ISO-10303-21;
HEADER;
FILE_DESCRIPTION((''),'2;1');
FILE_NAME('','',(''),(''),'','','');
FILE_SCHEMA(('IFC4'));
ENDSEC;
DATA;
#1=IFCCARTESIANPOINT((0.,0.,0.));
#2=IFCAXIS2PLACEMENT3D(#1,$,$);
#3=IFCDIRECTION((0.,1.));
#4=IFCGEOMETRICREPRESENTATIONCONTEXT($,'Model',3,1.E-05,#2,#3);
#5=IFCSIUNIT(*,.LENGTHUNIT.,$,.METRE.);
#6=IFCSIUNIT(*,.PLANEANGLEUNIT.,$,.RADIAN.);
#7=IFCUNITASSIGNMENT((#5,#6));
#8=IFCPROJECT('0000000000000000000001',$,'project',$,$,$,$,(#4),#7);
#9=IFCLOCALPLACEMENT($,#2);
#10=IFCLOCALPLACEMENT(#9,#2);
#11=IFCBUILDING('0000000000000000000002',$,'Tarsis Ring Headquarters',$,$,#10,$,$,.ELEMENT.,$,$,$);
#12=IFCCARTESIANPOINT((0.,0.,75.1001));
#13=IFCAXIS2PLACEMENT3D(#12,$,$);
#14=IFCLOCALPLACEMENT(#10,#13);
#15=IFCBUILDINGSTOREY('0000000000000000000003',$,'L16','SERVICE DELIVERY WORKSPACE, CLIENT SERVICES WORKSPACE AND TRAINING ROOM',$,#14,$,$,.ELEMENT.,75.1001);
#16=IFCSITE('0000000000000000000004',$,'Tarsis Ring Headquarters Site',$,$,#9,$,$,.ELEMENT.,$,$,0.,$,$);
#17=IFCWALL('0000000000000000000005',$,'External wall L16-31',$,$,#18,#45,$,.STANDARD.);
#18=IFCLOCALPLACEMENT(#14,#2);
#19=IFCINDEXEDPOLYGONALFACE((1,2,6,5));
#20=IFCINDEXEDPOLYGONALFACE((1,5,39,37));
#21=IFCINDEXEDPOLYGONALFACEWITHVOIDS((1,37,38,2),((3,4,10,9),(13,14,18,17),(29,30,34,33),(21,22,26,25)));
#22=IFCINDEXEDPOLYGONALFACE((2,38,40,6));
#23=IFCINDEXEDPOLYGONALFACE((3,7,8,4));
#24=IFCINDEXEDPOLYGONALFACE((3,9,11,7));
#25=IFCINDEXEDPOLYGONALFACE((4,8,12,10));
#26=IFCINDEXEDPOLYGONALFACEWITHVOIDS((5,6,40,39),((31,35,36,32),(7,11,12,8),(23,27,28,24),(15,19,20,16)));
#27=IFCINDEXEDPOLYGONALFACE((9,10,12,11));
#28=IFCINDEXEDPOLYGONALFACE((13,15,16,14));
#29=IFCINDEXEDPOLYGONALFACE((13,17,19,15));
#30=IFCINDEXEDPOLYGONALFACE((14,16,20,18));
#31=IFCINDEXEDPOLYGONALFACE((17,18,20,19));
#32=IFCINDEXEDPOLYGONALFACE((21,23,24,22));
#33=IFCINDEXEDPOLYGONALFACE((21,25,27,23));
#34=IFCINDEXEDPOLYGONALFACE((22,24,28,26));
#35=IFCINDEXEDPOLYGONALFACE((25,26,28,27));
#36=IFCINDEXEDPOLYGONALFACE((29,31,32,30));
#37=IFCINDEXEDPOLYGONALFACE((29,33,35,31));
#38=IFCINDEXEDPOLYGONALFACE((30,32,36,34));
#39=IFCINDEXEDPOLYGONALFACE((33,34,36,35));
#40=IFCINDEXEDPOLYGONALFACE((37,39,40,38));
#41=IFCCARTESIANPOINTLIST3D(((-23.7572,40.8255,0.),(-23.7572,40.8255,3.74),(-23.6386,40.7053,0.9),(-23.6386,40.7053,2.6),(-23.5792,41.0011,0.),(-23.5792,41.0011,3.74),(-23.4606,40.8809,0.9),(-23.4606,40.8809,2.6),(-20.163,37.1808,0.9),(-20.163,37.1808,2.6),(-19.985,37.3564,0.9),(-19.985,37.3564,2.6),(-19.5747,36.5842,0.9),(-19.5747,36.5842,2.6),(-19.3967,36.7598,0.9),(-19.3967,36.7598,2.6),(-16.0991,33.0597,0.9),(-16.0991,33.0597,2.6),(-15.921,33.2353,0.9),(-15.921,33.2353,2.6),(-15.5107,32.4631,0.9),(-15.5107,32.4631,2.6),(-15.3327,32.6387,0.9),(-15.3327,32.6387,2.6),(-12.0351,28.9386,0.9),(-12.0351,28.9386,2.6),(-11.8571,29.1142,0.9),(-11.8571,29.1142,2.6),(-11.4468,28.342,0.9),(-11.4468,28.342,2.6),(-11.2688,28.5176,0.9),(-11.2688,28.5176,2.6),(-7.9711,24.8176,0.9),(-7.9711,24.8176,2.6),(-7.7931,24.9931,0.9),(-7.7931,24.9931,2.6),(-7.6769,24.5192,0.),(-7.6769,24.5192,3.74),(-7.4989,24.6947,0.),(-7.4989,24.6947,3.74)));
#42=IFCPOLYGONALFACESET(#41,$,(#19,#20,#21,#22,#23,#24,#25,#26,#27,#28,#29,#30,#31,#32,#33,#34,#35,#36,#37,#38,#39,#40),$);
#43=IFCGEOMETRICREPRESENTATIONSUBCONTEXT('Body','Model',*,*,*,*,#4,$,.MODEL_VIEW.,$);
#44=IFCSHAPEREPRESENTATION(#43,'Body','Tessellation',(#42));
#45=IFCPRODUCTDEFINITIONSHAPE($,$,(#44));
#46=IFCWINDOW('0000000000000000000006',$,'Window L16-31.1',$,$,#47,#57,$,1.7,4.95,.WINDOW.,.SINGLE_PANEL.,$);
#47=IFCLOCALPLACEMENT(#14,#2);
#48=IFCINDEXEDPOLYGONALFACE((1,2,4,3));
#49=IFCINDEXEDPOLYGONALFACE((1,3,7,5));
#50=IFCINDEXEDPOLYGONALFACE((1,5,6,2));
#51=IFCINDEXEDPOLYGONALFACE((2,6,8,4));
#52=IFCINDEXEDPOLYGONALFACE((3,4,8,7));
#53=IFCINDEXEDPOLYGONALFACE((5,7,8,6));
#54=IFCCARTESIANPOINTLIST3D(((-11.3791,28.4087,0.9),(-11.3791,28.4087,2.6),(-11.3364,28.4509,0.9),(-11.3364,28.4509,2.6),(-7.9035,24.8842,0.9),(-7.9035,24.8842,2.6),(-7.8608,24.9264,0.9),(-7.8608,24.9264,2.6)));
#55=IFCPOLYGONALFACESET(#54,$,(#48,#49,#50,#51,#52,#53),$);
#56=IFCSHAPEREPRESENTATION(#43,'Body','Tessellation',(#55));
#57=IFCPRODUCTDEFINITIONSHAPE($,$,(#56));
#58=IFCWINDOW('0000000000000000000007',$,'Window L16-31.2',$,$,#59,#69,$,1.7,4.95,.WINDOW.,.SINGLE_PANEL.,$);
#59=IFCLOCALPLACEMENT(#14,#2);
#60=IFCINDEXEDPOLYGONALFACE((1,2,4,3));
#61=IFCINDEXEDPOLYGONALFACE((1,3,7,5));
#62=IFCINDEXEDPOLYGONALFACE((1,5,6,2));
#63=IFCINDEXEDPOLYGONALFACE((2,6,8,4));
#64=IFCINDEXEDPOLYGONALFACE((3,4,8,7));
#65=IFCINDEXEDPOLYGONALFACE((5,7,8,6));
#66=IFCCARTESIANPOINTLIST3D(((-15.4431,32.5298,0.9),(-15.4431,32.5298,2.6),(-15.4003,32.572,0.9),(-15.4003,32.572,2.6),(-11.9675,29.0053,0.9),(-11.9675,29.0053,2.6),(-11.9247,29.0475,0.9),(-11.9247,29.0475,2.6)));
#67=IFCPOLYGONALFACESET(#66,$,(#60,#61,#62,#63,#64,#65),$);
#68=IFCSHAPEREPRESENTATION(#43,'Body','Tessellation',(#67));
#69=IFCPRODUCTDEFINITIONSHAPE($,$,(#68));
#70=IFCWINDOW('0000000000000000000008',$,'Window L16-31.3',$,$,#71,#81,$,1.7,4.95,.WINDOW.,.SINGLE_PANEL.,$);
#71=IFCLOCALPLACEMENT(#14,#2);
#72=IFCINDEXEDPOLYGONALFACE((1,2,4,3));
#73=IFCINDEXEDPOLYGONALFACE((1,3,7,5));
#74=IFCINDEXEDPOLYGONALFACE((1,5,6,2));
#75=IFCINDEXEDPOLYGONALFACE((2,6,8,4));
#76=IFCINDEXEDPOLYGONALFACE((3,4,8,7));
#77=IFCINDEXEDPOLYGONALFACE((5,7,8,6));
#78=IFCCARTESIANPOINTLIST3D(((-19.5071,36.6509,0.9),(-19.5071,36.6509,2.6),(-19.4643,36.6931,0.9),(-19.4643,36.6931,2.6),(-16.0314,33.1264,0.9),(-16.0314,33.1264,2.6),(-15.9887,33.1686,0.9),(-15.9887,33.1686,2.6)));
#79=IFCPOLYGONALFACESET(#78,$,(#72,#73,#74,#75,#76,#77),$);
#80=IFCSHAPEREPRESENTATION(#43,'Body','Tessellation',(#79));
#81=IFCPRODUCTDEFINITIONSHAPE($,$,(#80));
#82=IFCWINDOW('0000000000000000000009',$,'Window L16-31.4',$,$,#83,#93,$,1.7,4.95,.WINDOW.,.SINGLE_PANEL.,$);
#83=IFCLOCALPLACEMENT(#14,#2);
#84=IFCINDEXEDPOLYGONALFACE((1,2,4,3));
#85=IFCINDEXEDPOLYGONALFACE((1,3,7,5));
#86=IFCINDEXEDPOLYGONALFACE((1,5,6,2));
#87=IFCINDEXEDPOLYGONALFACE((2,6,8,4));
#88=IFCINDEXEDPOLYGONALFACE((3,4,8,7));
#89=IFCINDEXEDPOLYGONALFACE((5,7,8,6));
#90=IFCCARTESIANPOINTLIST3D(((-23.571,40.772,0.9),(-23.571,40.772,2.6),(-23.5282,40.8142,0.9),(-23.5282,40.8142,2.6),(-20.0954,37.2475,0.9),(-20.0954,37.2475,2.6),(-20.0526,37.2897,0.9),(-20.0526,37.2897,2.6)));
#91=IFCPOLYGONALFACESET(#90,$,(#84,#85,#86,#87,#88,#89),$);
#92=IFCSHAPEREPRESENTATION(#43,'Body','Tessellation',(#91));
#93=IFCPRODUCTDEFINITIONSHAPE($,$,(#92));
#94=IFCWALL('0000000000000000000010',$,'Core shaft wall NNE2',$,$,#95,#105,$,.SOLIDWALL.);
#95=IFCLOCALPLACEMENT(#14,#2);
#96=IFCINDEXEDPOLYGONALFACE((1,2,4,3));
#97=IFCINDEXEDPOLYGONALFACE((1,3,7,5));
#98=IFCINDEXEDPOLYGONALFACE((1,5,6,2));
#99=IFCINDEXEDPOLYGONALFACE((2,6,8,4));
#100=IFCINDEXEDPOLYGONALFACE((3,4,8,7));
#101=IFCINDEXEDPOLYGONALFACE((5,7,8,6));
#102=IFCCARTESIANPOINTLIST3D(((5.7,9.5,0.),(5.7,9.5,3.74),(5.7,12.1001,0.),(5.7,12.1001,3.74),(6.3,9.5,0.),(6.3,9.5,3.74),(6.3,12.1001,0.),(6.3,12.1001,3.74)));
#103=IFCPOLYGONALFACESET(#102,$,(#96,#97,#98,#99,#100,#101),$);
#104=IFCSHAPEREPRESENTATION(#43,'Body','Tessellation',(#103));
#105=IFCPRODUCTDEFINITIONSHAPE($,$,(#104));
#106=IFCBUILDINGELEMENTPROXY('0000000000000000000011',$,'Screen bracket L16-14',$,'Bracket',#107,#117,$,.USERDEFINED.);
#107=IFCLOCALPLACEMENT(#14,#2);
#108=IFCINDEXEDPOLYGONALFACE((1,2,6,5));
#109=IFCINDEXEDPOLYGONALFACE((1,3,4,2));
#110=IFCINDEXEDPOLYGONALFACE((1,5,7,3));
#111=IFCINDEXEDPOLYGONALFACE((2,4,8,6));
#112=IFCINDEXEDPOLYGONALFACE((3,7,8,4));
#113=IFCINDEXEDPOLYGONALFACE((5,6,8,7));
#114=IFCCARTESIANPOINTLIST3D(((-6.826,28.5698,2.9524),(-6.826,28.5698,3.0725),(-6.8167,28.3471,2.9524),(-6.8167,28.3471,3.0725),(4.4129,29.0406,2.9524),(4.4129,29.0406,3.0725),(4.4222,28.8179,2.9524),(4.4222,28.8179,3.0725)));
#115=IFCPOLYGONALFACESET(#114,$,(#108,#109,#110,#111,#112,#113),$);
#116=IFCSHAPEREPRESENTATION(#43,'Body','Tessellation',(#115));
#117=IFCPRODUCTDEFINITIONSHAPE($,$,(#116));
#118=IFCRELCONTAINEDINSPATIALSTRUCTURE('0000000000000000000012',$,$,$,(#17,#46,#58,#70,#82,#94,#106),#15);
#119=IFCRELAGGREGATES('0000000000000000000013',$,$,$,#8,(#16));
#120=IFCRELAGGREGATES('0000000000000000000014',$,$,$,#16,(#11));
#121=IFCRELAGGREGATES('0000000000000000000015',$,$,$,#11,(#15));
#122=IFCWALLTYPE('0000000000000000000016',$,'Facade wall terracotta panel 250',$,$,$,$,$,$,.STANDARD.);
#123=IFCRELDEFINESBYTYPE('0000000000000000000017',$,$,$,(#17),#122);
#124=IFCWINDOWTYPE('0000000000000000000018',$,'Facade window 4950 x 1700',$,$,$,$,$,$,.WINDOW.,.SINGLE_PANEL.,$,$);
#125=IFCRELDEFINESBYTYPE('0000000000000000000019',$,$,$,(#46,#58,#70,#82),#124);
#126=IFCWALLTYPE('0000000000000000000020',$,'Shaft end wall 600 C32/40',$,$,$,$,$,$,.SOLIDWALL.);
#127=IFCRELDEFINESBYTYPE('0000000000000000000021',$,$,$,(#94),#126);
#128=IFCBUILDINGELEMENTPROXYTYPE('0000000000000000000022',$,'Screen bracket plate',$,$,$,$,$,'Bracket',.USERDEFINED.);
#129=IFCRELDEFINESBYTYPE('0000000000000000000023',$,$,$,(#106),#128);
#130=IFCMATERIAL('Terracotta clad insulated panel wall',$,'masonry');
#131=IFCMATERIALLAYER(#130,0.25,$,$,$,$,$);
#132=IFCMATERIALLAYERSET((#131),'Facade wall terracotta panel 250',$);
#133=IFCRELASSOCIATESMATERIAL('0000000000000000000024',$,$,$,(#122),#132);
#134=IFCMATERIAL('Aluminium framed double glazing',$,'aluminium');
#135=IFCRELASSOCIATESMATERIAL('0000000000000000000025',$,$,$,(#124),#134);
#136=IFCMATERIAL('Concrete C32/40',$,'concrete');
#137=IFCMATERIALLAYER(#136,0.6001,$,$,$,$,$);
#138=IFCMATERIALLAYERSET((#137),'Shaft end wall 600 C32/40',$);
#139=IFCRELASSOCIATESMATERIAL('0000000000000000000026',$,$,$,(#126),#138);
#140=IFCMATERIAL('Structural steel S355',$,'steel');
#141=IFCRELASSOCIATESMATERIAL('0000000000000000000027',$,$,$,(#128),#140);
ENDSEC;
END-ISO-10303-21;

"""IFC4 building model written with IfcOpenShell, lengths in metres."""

from ifc_helpers import new_model, si_unit, direction, frame, frame_2d, origin, origin_2d, place, context, subcontext, project, spatial, rectangle, extrude, material, layer, layer_set, type_object, element, fill, save


model = new_model("IFC4")

# Units and contexts
model_context = context("Model", 3, precision=1e-05, world=origin(), true_north=direction((0.0, 1.0)))
body_context = subcontext(model_context, "Body", "Model", "MODEL_VIEW")
ifc_project = project(units=[si_unit("LENGTHUNIT", "METRE"), si_unit("PLANEANGLEUNIT", "RADIAN")], contexts=[model_context])

# Site, building, storey
site_placement = place(None, origin())
site = spatial("IfcSite", under=ifc_project, at=site_placement, Name="Tarsis Ring Headquarters Site", CompositionType="ELEMENT", RefElevation=0.0)
building_placement = place(site_placement, origin())
building = spatial("IfcBuilding", under=site, at=building_placement, Name="Tarsis Ring Headquarters", CompositionType="ELEMENT")
storey_placement = place(building_placement, frame((0.0, 0.0, 75.1001)))
storey = spatial("IfcBuildingStorey", under=building, at=storey_placement, Name="L16", Description="SERVICE DELIVERY WORKSPACE, CLIENT SERVICES WORKSPACE AND TRAINING ROOM", CompositionType="ELEMENT", Elevation=75.1001)

# Shared definitions
ifc_material_1 = material(Name="Structural steel S355", Category="steel")

# Shared definitions
ifc_material_2 = material(Name="Terracotta clad insulated panel wall", Category="masonry")
ifc_layer_1 = layer(ifc_material_2, 0.25)
ifc_layer_set_1 = layer_set([ifc_layer_1], Name="Facade wall terracotta panel 250")
wall_type_1 = type_object("IfcWallType", Name="Facade wall terracotta panel 250", PredefinedType="STANDARD", material=ifc_layer_set_1)
ifc_material_3 = material(Name="Aluminium framed double glazing", Category="aluminium")

# Wall, openings, windows
wall_1_placement = place(storey_placement, frame((-7.5879, 24.6069, 0.0), z_axis=(0.0, 0.0, 1.0), x_axis=(-0.702154, 0.712025, 0.0)))
wall_1 = element("IfcWall", 1, at=wall_1_placement, inside=storey, type_object=wall_type_1, Name="External wall L16-31", PredefinedType="STANDARD", context=body_context, shape_type="SweptSolid", body=[
    extrude(rectangle(XDim=22.9014, YDim=0.25, at=frame_2d((11.4507, 0.0))), origin(), (0.0, 0.0, 1.0), 3.74),
])
opening_1_placement = place(wall_1_placement, frame((0.4189, 0.0, 0.8999)))
opening_1 = element("IfcOpeningElement", 2, at=opening_1_placement, cuts=wall_1, PredefinedType="OPENING", context=body_context, shape_type="SweptSolid", body=[
    extrude(rectangle(XDim=4.95, YDim=1.7, at=frame_2d((2.4751, 0.8501))), frame((0.0, 0.135, 0.0), z_axis=(0.0, -1.0, 0.0), x_axis=(1.0, 0.0, 0.0)), (0.0, 0.0, 1.0), 0.27),
])
opening_2_placement = place(wall_1_placement, frame((6.2068, 0.0, 0.8999)))
opening_2 = element("IfcOpeningElement", 3, at=opening_2_placement, cuts=wall_1, PredefinedType="OPENING", context=body_context, shape_type="SweptSolid", body=[
    extrude(rectangle(XDim=4.95, YDim=1.7, at=frame_2d((2.4751, 0.8501))), frame((0.0, 0.135, 0.0), z_axis=(0.0, -1.0, 0.0), x_axis=(1.0, 0.0, 0.0)), (0.0, 0.0, 1.0), 0.27),
])
opening_3_placement = place(wall_1_placement, frame((11.9946, 0.0, 0.8999)))
opening_3 = element("IfcOpeningElement", 4, at=opening_3_placement, cuts=wall_1, PredefinedType="OPENING", context=body_context, shape_type="SweptSolid", body=[
    extrude(rectangle(XDim=4.95, YDim=1.7, at=frame_2d((2.4751, 0.8501))), frame((0.0, 0.135, 0.0), z_axis=(0.0, -1.0, 0.0), x_axis=(1.0, 0.0, 0.0)), (0.0, 0.0, 1.0), 0.27),
])
opening_4_placement = place(wall_1_placement, frame((17.7825, 0.0, 0.8999)))
opening_4 = element("IfcOpeningElement", 5, at=opening_4_placement, cuts=wall_1, PredefinedType="OPENING", context=body_context, shape_type="SweptSolid", body=[
    extrude(rectangle(XDim=4.95, YDim=1.7, at=frame_2d((2.4751, 0.8501))), frame((0.0, 0.135, 0.0), z_axis=(0.0, -1.0, 0.0), x_axis=(1.0, 0.0, 0.0)), (0.0, 0.0, 1.0), 0.27),
])
window_type_1 = type_object("IfcWindowType", Name="Facade window 4950 x 1700", PartitioningType="SINGLE_PANEL", PredefinedType="WINDOW", material=ifc_material_3)
window_1_placement = place(opening_1_placement, origin())
window_1 = element("IfcWindow", 6, at=window_1_placement, inside=storey, type_object=window_type_1, Name="Window L16-31.1", OverallHeight=1.7, OverallWidth=4.95, PartitioningType="SINGLE_PANEL", PredefinedType="WINDOW", context=body_context, shape_type="SweptSolid", body=[
    extrude(rectangle(XDim=4.95, YDim=1.7, at=frame_2d((2.4751, 0.8501))), frame((0.0, 0.03, 0.0), z_axis=(0.0, -1.0, 0.0), x_axis=(1.0, 0.0, 0.0)), (0.0, 0.0, 1.0), 0.0601),
])
fill(opening_1, window_1)
window_2_placement = place(opening_2_placement, origin())
window_2 = element("IfcWindow", 7, at=window_2_placement, inside=storey, type_object=window_type_1, Name="Window L16-31.2", OverallHeight=1.7, OverallWidth=4.95, PartitioningType="SINGLE_PANEL", PredefinedType="WINDOW", context=body_context, shape_type="SweptSolid", body=[
    extrude(rectangle(XDim=4.95, YDim=1.7, at=frame_2d((2.4751, 0.8501))), frame((0.0, 0.03, 0.0), z_axis=(0.0, -1.0, 0.0), x_axis=(1.0, 0.0, 0.0)), (0.0, 0.0, 1.0), 0.0601),
])
fill(opening_2, window_2)
window_3_placement = place(opening_3_placement, origin())
window_3 = element("IfcWindow", 8, at=window_3_placement, inside=storey, type_object=window_type_1, Name="Window L16-31.3", OverallHeight=1.7, OverallWidth=4.95, PartitioningType="SINGLE_PANEL", PredefinedType="WINDOW", context=body_context, shape_type="SweptSolid", body=[
    extrude(rectangle(XDim=4.95, YDim=1.7, at=frame_2d((2.4751, 0.8501))), frame((0.0, 0.03, 0.0), z_axis=(0.0, -1.0, 0.0), x_axis=(1.0, 0.0, 0.0)), (0.0, 0.0, 1.0), 0.0601),
])
fill(opening_3, window_3)
window_4_placement = place(opening_4_placement, origin())
window_4 = element("IfcWindow", 9, at=window_4_placement, inside=storey, type_object=window_type_1, Name="Window L16-31.4", OverallHeight=1.7, OverallWidth=4.95, PartitioningType="SINGLE_PANEL", PredefinedType="WINDOW", context=body_context, shape_type="SweptSolid", body=[
    extrude(rectangle(XDim=4.95, YDim=1.7, at=frame_2d((2.4751, 0.8501))), frame((0.0, 0.03, 0.0), z_axis=(0.0, -1.0, 0.0), x_axis=(1.0, 0.0, 0.0)), (0.0, 0.0, 1.0), 0.0601),
])
fill(opening_4, window_4)

# Wall
ifc_material_4 = material(Name="Concrete C32/40", Category="concrete")
ifc_layer_2 = layer(ifc_material_4, 0.6001)
ifc_layer_set_2 = layer_set([ifc_layer_2], Name="Shaft end wall 600 C32/40")
wall_type_2 = type_object("IfcWallType", Name="Shaft end wall 600 C32/40", PredefinedType="SOLIDWALL", material=ifc_layer_set_2)
wall_2_placement = place(storey_placement, frame((6.0, 9.5, 0.0), z_axis=(0.0, 0.0, 1.0), x_axis=(0.0, 1.0, 0.0)))
element("IfcWall", 10, at=wall_2_placement, inside=storey, type_object=wall_type_2, Name="Core shaft wall NNE2", PredefinedType="SOLIDWALL", context=body_context, shape_type="SweptSolid", body=[
    extrude(rectangle(XDim=2.6001, YDim=0.6001, at=frame_2d((1.3, 0.0))), origin(), (0.0, 0.0, 1.0), 3.74),
])

# Building element proxy
building_element_proxy_type = type_object("IfcBuildingElementProxyType", Name="Screen bracket plate", ElementType="Bracket", PredefinedType="USERDEFINED", material=ifc_material_1)
proxy_placement = place(storey_placement, frame((-1.2019, 28.6938, 2.9524), z_axis=(0.0, 0.0, 1.0), x_axis=(-0.999124, -0.041853, 0.0)))
element("IfcBuildingElementProxy", 11, at=proxy_placement, inside=storey, type_object=building_element_proxy_type, Name="Screen bracket L16-14", ObjectType="Bracket", PredefinedType="USERDEFINED", context=body_context, shape_type="SweptSolid", body=[
    extrude(rectangle(XDim=11.2488, YDim=0.2229, at=origin_2d()), origin(), (0.0, 0.0, 1.0), 0.1201),
])

save(model, "model.ifc")
